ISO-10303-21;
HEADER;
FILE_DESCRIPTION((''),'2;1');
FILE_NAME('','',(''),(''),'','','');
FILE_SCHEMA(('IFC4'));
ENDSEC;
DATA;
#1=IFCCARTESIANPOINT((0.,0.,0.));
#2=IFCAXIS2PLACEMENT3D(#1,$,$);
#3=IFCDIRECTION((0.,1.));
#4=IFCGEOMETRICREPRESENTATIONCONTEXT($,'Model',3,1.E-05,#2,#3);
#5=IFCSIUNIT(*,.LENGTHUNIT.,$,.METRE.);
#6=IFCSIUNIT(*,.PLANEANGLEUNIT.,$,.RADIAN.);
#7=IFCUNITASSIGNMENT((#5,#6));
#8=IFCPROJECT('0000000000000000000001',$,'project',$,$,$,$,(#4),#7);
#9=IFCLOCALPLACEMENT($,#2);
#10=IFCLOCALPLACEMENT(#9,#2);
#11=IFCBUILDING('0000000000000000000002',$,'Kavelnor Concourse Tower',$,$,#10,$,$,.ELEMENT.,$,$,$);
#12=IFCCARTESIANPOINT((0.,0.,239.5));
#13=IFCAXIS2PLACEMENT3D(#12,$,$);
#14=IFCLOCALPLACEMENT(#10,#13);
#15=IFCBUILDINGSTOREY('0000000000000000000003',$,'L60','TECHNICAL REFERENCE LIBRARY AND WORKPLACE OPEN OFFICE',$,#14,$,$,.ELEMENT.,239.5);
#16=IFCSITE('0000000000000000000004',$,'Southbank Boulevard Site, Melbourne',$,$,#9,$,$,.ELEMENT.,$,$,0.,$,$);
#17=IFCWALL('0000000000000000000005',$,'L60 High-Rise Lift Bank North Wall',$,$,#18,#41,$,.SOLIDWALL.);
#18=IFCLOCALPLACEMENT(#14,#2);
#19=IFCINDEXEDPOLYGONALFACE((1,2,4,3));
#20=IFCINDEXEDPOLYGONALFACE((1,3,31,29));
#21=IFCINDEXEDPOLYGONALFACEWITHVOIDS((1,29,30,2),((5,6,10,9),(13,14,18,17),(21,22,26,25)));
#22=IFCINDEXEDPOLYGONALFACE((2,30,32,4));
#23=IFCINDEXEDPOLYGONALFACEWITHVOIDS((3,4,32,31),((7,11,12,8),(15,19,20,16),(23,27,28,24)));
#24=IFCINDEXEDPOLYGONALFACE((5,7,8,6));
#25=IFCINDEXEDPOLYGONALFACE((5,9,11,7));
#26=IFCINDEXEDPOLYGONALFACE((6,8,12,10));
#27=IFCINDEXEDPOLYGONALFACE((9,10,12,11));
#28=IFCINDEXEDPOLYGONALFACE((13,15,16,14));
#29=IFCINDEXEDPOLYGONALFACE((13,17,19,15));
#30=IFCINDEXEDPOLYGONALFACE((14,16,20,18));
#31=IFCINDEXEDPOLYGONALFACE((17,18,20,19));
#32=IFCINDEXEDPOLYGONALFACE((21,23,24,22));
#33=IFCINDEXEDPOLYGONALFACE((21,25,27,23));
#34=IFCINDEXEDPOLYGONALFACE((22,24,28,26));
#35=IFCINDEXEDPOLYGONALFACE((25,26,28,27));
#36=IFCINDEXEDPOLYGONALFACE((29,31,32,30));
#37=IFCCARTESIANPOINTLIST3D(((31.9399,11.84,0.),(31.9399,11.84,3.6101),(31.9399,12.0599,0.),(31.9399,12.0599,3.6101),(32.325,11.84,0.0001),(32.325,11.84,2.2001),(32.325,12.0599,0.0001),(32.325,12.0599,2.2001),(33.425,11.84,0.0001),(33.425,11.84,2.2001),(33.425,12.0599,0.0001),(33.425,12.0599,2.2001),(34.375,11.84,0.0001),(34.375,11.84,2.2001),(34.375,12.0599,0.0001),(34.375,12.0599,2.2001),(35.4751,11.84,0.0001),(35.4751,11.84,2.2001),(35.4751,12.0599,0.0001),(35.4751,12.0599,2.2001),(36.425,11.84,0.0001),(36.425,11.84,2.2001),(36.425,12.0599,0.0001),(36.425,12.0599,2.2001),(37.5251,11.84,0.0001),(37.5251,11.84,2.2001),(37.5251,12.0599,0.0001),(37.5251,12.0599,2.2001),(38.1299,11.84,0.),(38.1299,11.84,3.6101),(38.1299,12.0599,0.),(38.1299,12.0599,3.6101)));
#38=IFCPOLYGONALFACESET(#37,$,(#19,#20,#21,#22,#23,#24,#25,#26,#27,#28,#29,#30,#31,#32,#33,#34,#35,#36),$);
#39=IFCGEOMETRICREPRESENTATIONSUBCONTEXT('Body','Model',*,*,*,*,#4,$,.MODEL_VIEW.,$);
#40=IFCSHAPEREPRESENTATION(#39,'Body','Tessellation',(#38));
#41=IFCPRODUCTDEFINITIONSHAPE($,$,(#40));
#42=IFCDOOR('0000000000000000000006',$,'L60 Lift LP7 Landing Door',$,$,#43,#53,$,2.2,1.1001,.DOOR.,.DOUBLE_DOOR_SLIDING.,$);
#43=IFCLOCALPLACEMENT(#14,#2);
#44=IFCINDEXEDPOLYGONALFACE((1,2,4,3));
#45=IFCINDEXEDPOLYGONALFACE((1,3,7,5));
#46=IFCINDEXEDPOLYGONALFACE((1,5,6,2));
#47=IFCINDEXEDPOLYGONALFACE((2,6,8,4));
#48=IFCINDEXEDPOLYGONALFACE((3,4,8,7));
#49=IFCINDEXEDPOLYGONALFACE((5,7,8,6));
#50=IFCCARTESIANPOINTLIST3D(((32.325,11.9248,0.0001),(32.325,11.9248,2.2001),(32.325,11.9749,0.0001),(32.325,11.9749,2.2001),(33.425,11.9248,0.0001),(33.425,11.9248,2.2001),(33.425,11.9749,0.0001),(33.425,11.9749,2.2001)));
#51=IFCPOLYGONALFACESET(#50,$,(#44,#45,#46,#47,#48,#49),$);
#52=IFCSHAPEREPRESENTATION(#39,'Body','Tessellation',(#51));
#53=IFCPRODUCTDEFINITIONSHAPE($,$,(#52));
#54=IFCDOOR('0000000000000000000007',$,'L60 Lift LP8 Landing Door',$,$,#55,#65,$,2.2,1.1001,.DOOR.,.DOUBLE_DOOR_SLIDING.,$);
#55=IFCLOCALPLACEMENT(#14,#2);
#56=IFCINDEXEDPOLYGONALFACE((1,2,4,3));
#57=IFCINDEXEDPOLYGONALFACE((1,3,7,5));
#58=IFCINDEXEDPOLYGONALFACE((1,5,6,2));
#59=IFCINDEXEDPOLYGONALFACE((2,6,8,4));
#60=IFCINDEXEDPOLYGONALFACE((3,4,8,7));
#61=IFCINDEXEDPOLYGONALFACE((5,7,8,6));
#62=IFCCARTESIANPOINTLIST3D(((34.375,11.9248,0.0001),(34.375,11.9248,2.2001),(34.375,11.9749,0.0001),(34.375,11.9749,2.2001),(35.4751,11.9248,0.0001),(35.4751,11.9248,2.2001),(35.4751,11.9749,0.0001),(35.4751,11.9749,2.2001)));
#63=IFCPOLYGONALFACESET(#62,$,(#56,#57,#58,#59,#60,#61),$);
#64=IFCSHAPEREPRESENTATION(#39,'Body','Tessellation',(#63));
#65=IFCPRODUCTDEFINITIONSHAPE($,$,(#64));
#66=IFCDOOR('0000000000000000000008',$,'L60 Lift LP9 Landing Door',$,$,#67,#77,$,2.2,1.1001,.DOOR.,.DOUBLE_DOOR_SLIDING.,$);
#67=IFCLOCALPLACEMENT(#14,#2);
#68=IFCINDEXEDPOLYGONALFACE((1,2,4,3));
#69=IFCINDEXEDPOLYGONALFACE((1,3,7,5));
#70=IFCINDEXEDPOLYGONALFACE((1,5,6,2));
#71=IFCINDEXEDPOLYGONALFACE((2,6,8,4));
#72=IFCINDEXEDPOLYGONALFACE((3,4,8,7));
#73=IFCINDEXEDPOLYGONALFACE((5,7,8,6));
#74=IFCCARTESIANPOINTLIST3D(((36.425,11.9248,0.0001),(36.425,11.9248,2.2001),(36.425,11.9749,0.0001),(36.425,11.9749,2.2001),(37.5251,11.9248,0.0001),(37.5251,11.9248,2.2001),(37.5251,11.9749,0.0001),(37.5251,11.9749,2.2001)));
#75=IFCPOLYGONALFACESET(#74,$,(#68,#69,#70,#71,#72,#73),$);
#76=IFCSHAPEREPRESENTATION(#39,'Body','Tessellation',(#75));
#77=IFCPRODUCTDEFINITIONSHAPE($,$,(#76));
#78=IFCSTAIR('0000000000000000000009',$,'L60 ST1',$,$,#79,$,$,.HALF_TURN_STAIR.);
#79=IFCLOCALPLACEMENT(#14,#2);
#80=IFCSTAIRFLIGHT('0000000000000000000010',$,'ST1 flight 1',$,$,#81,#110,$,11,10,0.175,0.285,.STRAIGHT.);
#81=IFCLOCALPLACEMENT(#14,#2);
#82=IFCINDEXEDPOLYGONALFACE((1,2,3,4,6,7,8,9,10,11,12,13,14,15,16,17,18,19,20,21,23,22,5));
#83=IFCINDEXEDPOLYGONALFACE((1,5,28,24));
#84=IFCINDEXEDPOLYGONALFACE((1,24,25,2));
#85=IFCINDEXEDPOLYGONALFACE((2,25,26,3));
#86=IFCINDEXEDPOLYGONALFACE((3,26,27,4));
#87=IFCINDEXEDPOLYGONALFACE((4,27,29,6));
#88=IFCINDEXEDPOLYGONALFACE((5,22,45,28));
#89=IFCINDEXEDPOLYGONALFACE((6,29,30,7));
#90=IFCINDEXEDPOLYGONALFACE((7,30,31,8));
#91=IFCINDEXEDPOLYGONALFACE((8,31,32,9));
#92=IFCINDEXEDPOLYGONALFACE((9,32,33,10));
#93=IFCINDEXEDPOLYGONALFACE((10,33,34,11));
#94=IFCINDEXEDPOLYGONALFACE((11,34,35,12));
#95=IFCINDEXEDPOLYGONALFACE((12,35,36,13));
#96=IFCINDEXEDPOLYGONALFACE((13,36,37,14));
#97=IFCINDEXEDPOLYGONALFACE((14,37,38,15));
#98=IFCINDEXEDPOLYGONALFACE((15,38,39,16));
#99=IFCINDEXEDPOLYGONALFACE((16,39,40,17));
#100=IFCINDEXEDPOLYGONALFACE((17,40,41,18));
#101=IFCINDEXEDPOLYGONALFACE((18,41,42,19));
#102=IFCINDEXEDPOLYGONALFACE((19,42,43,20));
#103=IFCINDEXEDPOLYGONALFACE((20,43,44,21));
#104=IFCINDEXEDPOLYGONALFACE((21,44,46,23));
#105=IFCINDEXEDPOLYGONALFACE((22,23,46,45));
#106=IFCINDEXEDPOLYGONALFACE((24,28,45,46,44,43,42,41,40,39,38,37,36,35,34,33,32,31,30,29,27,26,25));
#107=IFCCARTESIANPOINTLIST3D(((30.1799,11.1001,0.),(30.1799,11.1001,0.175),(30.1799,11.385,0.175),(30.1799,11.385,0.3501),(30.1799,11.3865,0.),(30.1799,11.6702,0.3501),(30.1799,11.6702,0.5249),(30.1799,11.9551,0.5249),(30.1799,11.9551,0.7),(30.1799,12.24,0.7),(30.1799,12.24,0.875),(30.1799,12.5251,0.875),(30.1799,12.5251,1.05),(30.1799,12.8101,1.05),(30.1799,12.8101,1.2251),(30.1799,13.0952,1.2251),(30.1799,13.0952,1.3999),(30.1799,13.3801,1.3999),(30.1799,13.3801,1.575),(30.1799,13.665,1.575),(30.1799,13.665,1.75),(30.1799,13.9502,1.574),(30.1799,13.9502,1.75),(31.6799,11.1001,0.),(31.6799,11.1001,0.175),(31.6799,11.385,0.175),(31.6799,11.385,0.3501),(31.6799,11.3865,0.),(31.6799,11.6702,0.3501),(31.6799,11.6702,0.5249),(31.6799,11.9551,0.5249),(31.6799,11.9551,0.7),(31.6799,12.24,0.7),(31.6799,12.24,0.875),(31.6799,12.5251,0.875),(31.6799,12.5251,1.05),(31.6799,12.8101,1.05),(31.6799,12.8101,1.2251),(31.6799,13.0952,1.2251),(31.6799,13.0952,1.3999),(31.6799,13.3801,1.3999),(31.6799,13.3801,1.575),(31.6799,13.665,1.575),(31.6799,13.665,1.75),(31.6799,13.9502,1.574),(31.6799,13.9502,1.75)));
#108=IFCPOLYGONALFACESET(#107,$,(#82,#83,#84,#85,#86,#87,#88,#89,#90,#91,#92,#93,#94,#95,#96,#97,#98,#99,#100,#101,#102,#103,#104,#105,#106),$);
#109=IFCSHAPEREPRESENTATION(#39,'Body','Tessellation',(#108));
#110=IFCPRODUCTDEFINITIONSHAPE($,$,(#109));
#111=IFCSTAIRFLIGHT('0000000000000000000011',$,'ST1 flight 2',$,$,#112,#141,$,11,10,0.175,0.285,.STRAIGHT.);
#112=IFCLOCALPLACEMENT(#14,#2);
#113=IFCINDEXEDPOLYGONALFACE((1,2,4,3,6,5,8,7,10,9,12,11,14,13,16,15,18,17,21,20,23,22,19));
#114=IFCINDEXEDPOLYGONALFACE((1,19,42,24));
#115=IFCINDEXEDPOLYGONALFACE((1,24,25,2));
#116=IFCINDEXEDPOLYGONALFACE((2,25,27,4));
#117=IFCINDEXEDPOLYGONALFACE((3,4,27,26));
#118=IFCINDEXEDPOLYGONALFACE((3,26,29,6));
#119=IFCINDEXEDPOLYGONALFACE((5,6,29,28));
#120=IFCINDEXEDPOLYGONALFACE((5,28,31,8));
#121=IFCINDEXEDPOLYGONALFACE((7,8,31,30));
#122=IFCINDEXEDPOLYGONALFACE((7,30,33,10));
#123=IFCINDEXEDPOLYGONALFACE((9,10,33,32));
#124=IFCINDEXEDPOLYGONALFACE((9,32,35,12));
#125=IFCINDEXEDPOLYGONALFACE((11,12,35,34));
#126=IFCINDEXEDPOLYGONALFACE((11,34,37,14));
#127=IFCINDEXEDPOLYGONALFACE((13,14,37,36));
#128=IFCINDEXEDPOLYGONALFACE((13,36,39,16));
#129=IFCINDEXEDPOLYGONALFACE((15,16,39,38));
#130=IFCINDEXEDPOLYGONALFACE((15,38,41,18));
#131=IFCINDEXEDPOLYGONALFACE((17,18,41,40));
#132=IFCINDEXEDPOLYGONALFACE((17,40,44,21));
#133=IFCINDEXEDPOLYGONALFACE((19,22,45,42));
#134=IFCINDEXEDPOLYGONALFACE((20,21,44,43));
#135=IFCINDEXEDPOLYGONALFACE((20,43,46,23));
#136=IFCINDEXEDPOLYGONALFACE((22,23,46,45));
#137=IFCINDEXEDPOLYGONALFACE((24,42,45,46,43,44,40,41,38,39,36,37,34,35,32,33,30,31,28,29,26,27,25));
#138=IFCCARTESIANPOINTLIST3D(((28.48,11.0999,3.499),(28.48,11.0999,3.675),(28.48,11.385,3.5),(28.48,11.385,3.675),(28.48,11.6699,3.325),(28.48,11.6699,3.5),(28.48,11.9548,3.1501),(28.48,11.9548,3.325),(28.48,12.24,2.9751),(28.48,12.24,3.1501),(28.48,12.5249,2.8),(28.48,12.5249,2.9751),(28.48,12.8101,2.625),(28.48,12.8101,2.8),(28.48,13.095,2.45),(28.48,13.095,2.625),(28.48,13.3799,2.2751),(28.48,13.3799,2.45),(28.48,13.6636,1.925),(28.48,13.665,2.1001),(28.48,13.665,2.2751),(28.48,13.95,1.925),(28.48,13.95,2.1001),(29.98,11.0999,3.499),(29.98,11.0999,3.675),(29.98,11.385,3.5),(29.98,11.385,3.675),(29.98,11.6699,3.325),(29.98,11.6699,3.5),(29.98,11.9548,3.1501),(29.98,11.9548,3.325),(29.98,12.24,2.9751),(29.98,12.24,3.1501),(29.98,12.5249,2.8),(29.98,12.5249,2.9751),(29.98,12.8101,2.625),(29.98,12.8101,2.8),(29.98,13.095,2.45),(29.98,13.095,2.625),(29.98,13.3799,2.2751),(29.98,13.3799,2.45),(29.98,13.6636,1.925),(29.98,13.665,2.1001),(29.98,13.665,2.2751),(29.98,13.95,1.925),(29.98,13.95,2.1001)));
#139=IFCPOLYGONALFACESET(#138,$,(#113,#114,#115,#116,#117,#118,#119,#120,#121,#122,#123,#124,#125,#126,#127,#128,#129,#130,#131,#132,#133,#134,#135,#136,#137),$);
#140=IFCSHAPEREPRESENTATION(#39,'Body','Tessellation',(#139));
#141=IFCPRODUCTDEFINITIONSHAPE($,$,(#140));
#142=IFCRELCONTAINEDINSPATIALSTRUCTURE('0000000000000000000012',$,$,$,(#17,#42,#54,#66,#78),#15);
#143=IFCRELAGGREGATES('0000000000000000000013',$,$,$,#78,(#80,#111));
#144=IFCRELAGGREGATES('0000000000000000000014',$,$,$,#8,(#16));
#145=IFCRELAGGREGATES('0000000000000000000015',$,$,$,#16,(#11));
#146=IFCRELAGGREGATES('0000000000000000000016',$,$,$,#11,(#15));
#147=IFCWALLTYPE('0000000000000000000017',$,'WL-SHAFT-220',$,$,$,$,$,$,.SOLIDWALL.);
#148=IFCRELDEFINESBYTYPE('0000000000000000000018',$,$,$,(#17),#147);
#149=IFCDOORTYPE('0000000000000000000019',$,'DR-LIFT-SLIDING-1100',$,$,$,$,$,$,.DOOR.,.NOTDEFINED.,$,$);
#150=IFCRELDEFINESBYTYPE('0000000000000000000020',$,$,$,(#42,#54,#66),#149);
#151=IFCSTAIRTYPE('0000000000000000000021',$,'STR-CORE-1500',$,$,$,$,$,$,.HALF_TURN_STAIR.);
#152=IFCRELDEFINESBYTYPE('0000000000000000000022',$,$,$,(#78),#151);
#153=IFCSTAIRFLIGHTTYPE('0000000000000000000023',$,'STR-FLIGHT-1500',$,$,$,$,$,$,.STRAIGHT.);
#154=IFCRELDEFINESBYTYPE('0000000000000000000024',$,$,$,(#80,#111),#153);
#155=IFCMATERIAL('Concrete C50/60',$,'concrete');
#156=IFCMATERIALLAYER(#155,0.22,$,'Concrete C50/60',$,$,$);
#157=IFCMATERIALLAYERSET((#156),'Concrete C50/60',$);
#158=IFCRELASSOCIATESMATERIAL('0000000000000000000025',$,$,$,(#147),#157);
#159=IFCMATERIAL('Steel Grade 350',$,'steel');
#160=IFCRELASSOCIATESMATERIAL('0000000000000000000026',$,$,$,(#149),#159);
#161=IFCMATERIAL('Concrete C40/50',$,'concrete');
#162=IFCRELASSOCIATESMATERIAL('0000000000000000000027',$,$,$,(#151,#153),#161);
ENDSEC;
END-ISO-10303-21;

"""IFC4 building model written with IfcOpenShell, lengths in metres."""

from ifc_helpers import new_model, si_unit, direction, frame, frame_2d, origin, place, context, subcontext, project, spatial, polyline, rectangle, outline, extrude, material, layer, layer_set, type_object, element, fill, aggregate, save


model = new_model("IFC4")

# Units and contexts
model_context = context("Model", 3, precision=1e-05, world=origin(), true_north=direction((0.0, 1.0)))
body_context = subcontext(model_context, "Body", "Model", "MODEL_VIEW")
ifc_project = project(units=[si_unit("LENGTHUNIT", "METRE"), si_unit("PLANEANGLEUNIT", "RADIAN")], contexts=[model_context])

# Site, building, storey
site_placement = place(None, origin())
site = spatial("IfcSite", under=ifc_project, at=site_placement, Name="Southbank Boulevard Site, Melbourne", CompositionType="ELEMENT", RefElevation=0.0)
building_placement = place(site_placement, origin())
building = spatial("IfcBuilding", under=site, at=building_placement, Name="Kavelnor Concourse Tower", CompositionType="ELEMENT")
storey_placement = place(building_placement, frame((0.0, 0.0, 239.5)))
storey = spatial("IfcBuildingStorey", under=building, at=storey_placement, Name="L60", Description="TECHNICAL REFERENCE LIBRARY AND WORKPLACE OPEN OFFICE", CompositionType="ELEMENT", Elevation=239.5)

# Shared definitions
ifc_material_1 = material(Name="Steel Grade 350", Category="steel")

# Shared definitions
ifc_material_2 = material(Name="Concrete C50/60", Category="concrete")
ifc_layer_1 = layer(ifc_material_2, 0.22, Name="Concrete C50/60")
ifc_layer_set_1 = layer_set([ifc_layer_1], Name="Concrete C50/60")
wall_type_1 = type_object("IfcWallType", Name="WL-SHAFT-220", PredefinedType="SOLIDWALL", material=ifc_layer_set_1)

# Wall, openings, doors
wall_1_placement = place(storey_placement, frame((31.9399, 11.95, 0.0), z_axis=(0.0, 0.0, 1.0), x_axis=(1.0, 0.0, 0.0)))
wall_1 = element("IfcWall", 1, at=wall_1_placement, inside=storey, type_object=wall_type_1, Name="L60 High-Rise Lift Bank North Wall", PredefinedType="SOLIDWALL", context=body_context, shape_type="SweptSolid", body=[
    extrude(rectangle(XDim=6.1899, YDim=0.22, at=frame_2d((3.095, 0.0))), origin(), (0.0, 0.0, 1.0), 3.6101),
])
opening_1_placement = place(wall_1_placement, frame((0.385, 0.0, 0.0)))
opening_1 = element("IfcOpeningElement", 2, at=opening_1_placement, cuts=wall_1, PredefinedType="OPENING", context=body_context, shape_type="SweptSolid", body=[
    extrude(rectangle(XDim=1.1001, YDim=2.2, at=frame_2d((0.55, 1.1001))), frame((0.0, 0.1201, 0.0), z_axis=(0.0, -1.0, 0.0), x_axis=(1.0, 0.0, 0.0)), (0.0, 0.0, 1.0), 0.24),
])
opening_2_placement = place(wall_1_placement, frame((2.4351, 0.0, 0.0)))
opening_2 = element("IfcOpeningElement", 3, at=opening_2_placement, cuts=wall_1, PredefinedType="OPENING", context=body_context, shape_type="SweptSolid", body=[
    extrude(rectangle(XDim=1.1001, YDim=2.2, at=frame_2d((0.55, 1.1001))), frame((0.0, 0.1201, 0.0), z_axis=(0.0, -1.0, 0.0), x_axis=(1.0, 0.0, 0.0)), (0.0, 0.0, 1.0), 0.24),
])
opening_3_placement = place(wall_1_placement, frame((4.4851, 0.0, 0.0)))
opening_3 = element("IfcOpeningElement", 4, at=opening_3_placement, cuts=wall_1, PredefinedType="OPENING", context=body_context, shape_type="SweptSolid", body=[
    extrude(rectangle(XDim=1.1001, YDim=2.2, at=frame_2d((0.55, 1.1001))), frame((0.0, 0.1201, 0.0), z_axis=(0.0, -1.0, 0.0), x_axis=(1.0, 0.0, 0.0)), (0.0, 0.0, 1.0), 0.24),
])
door_type_1 = type_object("IfcDoorType", Name="DR-LIFT-SLIDING-1100", OperationType="NOTDEFINED", PredefinedType="DOOR", material=ifc_material_1)
door_1_placement = place(opening_1_placement, origin())
door_1 = element("IfcDoor", 5, at=door_1_placement, inside=storey, type_object=door_type_1, Name="L60 Lift LP7 Landing Door", OperationType="DOUBLE_DOOR_SLIDING", OverallHeight=2.2, OverallWidth=1.1001, PredefinedType="DOOR", context=body_context, shape_type="SweptSolid", body=[
    extrude(rectangle(XDim=1.1001, YDim=2.2, at=frame_2d((0.55, 1.1001))), frame((0.0, 0.0249, 0.0), z_axis=(0.0, -1.0, 0.0), x_axis=(1.0, 0.0, 0.0)), (0.0, 0.0, 1.0), 0.05),
])
fill(opening_1, door_1)
door_2_placement = place(opening_2_placement, origin())
door_2 = element("IfcDoor", 6, at=door_2_placement, inside=storey, type_object=door_type_1, Name="L60 Lift LP8 Landing Door", OperationType="DOUBLE_DOOR_SLIDING", OverallHeight=2.2, OverallWidth=1.1001, PredefinedType="DOOR", context=body_context, shape_type="SweptSolid", body=[
    extrude(rectangle(XDim=1.1001, YDim=2.2, at=frame_2d((0.55, 1.1001))), frame((0.0, 0.0249, 0.0), z_axis=(0.0, -1.0, 0.0), x_axis=(1.0, 0.0, 0.0)), (0.0, 0.0, 1.0), 0.05),
])
fill(opening_2, door_2)
door_3_placement = place(opening_3_placement, origin())
door_3 = element("IfcDoor", 7, at=door_3_placement, inside=storey, type_object=door_type_1, Name="L60 Lift LP9 Landing Door", OperationType="DOUBLE_DOOR_SLIDING", OverallHeight=2.2, OverallWidth=1.1001, PredefinedType="DOOR", context=body_context, shape_type="SweptSolid", body=[
    extrude(rectangle(XDim=1.1001, YDim=2.2, at=frame_2d((0.55, 1.1001))), frame((0.0, 0.0249, 0.0), z_axis=(0.0, -1.0, 0.0), x_axis=(1.0, 0.0, 0.0)), (0.0, 0.0, 1.0), 0.05),
])
fill(opening_3, door_3)

# Stair, stair flights
ifc_material_3 = material(Name="Concrete C40/50", Category="concrete")
stair_type = type_object("IfcStairType", Name="STR-CORE-1500", PredefinedType="HALF_TURN_STAIR", material=ifc_material_3)
stair_placement = place(storey_placement, origin())
stair = element("IfcStair", 8, at=stair_placement, inside=storey, type_object=stair_type, Name="L60 ST1", PredefinedType="HALF_TURN_STAIR")
stair_flight_type = type_object("IfcStairFlightType", Name="STR-FLIGHT-1500", PredefinedType="STRAIGHT", material=ifc_material_3)
stair_flight_1_placement = place(storey_placement, frame((30.9299, 11.1001, 0.0), z_axis=(0.0, 0.0, 1.0), x_axis=(0.0, 1.0, 0.0)))
stair_flight_1 = element("IfcStairFlight", 9, at=stair_flight_1_placement, type_object=stair_flight_type, Name="ST1 flight 1", NumberOfRisers=11, NumberOfTreads=10, PredefinedType="STRAIGHT", RiserHeight=0.175, TreadLength=0.285, context=body_context, shape_type="SweptSolid", body=[
    extrude(outline(polyline([(0.0, 0.0), (0.0, 0.175), (0.2849, 0.175), (0.2849, 0.3501), (0.5701, 0.3501), (0.5701, 0.5249), (0.855, 0.5249), (0.855, 0.7), (1.1399, 0.7), (1.1399, 0.875), (1.425, 0.875), (1.425, 1.05), (1.71, 1.05), (1.71, 1.2251), (1.9951, 1.2251), (1.9951, 1.3999), (2.28, 1.3999), (2.28, 1.575), (2.5649, 1.575), (2.5649, 1.75), (2.8501, 1.75), (2.8501, 1.925), (2.8501, 1.574), (0.2864, 0.0), (0.0, 0.0)])), frame((0.0, 0.75, 0.0), z_axis=(0.0, -1.0, 0.0), x_axis=(1.0, 0.0, 0.0)), (0.0, 0.0, 1.0), 1.5),
])
stair_flight_2_placement = place(storey_placement, frame((29.23, 13.95, 1.925), z_axis=(0.0, 0.0, 1.0), x_axis=(0.0, -1.0, 0.0)))
stair_flight_2 = element("IfcStairFlight", 10, at=stair_flight_2_placement, type_object=stair_flight_type, Name="ST1 flight 2", NumberOfRisers=11, NumberOfTreads=10, PredefinedType="STRAIGHT", RiserHeight=0.175, TreadLength=0.285, context=body_context, shape_type="SweptSolid", body=[
    extrude(outline(polyline([(0.0, 0.0), (0.0, 0.175), (0.2849, 0.175), (0.2849, 0.3501), (0.5701, 0.3501), (0.5701, 0.5249), (0.855, 0.5249), (0.855, 0.7), (1.1399, 0.7), (1.1399, 0.875), (1.425, 0.875), (1.425, 1.05), (1.71, 1.05), (1.71, 1.2251), (1.9951, 1.2251), (1.9951, 1.3999), (2.28, 1.3999), (2.28, 1.575), (2.5649, 1.575), (2.5649, 1.75), (2.8501, 1.75), (2.8501, 1.925), (2.8501, 1.574), (0.2864, 0.0), (0.0, 0.0)])), frame((0.0, 0.75, 0.0), z_axis=(0.0, -1.0, 0.0), x_axis=(1.0, 0.0, 0.0)), (0.0, 0.0, 1.0), 1.5),
])
aggregate(stair, [stair_flight_1, stair_flight_2])

save(model, "model.ifc")
